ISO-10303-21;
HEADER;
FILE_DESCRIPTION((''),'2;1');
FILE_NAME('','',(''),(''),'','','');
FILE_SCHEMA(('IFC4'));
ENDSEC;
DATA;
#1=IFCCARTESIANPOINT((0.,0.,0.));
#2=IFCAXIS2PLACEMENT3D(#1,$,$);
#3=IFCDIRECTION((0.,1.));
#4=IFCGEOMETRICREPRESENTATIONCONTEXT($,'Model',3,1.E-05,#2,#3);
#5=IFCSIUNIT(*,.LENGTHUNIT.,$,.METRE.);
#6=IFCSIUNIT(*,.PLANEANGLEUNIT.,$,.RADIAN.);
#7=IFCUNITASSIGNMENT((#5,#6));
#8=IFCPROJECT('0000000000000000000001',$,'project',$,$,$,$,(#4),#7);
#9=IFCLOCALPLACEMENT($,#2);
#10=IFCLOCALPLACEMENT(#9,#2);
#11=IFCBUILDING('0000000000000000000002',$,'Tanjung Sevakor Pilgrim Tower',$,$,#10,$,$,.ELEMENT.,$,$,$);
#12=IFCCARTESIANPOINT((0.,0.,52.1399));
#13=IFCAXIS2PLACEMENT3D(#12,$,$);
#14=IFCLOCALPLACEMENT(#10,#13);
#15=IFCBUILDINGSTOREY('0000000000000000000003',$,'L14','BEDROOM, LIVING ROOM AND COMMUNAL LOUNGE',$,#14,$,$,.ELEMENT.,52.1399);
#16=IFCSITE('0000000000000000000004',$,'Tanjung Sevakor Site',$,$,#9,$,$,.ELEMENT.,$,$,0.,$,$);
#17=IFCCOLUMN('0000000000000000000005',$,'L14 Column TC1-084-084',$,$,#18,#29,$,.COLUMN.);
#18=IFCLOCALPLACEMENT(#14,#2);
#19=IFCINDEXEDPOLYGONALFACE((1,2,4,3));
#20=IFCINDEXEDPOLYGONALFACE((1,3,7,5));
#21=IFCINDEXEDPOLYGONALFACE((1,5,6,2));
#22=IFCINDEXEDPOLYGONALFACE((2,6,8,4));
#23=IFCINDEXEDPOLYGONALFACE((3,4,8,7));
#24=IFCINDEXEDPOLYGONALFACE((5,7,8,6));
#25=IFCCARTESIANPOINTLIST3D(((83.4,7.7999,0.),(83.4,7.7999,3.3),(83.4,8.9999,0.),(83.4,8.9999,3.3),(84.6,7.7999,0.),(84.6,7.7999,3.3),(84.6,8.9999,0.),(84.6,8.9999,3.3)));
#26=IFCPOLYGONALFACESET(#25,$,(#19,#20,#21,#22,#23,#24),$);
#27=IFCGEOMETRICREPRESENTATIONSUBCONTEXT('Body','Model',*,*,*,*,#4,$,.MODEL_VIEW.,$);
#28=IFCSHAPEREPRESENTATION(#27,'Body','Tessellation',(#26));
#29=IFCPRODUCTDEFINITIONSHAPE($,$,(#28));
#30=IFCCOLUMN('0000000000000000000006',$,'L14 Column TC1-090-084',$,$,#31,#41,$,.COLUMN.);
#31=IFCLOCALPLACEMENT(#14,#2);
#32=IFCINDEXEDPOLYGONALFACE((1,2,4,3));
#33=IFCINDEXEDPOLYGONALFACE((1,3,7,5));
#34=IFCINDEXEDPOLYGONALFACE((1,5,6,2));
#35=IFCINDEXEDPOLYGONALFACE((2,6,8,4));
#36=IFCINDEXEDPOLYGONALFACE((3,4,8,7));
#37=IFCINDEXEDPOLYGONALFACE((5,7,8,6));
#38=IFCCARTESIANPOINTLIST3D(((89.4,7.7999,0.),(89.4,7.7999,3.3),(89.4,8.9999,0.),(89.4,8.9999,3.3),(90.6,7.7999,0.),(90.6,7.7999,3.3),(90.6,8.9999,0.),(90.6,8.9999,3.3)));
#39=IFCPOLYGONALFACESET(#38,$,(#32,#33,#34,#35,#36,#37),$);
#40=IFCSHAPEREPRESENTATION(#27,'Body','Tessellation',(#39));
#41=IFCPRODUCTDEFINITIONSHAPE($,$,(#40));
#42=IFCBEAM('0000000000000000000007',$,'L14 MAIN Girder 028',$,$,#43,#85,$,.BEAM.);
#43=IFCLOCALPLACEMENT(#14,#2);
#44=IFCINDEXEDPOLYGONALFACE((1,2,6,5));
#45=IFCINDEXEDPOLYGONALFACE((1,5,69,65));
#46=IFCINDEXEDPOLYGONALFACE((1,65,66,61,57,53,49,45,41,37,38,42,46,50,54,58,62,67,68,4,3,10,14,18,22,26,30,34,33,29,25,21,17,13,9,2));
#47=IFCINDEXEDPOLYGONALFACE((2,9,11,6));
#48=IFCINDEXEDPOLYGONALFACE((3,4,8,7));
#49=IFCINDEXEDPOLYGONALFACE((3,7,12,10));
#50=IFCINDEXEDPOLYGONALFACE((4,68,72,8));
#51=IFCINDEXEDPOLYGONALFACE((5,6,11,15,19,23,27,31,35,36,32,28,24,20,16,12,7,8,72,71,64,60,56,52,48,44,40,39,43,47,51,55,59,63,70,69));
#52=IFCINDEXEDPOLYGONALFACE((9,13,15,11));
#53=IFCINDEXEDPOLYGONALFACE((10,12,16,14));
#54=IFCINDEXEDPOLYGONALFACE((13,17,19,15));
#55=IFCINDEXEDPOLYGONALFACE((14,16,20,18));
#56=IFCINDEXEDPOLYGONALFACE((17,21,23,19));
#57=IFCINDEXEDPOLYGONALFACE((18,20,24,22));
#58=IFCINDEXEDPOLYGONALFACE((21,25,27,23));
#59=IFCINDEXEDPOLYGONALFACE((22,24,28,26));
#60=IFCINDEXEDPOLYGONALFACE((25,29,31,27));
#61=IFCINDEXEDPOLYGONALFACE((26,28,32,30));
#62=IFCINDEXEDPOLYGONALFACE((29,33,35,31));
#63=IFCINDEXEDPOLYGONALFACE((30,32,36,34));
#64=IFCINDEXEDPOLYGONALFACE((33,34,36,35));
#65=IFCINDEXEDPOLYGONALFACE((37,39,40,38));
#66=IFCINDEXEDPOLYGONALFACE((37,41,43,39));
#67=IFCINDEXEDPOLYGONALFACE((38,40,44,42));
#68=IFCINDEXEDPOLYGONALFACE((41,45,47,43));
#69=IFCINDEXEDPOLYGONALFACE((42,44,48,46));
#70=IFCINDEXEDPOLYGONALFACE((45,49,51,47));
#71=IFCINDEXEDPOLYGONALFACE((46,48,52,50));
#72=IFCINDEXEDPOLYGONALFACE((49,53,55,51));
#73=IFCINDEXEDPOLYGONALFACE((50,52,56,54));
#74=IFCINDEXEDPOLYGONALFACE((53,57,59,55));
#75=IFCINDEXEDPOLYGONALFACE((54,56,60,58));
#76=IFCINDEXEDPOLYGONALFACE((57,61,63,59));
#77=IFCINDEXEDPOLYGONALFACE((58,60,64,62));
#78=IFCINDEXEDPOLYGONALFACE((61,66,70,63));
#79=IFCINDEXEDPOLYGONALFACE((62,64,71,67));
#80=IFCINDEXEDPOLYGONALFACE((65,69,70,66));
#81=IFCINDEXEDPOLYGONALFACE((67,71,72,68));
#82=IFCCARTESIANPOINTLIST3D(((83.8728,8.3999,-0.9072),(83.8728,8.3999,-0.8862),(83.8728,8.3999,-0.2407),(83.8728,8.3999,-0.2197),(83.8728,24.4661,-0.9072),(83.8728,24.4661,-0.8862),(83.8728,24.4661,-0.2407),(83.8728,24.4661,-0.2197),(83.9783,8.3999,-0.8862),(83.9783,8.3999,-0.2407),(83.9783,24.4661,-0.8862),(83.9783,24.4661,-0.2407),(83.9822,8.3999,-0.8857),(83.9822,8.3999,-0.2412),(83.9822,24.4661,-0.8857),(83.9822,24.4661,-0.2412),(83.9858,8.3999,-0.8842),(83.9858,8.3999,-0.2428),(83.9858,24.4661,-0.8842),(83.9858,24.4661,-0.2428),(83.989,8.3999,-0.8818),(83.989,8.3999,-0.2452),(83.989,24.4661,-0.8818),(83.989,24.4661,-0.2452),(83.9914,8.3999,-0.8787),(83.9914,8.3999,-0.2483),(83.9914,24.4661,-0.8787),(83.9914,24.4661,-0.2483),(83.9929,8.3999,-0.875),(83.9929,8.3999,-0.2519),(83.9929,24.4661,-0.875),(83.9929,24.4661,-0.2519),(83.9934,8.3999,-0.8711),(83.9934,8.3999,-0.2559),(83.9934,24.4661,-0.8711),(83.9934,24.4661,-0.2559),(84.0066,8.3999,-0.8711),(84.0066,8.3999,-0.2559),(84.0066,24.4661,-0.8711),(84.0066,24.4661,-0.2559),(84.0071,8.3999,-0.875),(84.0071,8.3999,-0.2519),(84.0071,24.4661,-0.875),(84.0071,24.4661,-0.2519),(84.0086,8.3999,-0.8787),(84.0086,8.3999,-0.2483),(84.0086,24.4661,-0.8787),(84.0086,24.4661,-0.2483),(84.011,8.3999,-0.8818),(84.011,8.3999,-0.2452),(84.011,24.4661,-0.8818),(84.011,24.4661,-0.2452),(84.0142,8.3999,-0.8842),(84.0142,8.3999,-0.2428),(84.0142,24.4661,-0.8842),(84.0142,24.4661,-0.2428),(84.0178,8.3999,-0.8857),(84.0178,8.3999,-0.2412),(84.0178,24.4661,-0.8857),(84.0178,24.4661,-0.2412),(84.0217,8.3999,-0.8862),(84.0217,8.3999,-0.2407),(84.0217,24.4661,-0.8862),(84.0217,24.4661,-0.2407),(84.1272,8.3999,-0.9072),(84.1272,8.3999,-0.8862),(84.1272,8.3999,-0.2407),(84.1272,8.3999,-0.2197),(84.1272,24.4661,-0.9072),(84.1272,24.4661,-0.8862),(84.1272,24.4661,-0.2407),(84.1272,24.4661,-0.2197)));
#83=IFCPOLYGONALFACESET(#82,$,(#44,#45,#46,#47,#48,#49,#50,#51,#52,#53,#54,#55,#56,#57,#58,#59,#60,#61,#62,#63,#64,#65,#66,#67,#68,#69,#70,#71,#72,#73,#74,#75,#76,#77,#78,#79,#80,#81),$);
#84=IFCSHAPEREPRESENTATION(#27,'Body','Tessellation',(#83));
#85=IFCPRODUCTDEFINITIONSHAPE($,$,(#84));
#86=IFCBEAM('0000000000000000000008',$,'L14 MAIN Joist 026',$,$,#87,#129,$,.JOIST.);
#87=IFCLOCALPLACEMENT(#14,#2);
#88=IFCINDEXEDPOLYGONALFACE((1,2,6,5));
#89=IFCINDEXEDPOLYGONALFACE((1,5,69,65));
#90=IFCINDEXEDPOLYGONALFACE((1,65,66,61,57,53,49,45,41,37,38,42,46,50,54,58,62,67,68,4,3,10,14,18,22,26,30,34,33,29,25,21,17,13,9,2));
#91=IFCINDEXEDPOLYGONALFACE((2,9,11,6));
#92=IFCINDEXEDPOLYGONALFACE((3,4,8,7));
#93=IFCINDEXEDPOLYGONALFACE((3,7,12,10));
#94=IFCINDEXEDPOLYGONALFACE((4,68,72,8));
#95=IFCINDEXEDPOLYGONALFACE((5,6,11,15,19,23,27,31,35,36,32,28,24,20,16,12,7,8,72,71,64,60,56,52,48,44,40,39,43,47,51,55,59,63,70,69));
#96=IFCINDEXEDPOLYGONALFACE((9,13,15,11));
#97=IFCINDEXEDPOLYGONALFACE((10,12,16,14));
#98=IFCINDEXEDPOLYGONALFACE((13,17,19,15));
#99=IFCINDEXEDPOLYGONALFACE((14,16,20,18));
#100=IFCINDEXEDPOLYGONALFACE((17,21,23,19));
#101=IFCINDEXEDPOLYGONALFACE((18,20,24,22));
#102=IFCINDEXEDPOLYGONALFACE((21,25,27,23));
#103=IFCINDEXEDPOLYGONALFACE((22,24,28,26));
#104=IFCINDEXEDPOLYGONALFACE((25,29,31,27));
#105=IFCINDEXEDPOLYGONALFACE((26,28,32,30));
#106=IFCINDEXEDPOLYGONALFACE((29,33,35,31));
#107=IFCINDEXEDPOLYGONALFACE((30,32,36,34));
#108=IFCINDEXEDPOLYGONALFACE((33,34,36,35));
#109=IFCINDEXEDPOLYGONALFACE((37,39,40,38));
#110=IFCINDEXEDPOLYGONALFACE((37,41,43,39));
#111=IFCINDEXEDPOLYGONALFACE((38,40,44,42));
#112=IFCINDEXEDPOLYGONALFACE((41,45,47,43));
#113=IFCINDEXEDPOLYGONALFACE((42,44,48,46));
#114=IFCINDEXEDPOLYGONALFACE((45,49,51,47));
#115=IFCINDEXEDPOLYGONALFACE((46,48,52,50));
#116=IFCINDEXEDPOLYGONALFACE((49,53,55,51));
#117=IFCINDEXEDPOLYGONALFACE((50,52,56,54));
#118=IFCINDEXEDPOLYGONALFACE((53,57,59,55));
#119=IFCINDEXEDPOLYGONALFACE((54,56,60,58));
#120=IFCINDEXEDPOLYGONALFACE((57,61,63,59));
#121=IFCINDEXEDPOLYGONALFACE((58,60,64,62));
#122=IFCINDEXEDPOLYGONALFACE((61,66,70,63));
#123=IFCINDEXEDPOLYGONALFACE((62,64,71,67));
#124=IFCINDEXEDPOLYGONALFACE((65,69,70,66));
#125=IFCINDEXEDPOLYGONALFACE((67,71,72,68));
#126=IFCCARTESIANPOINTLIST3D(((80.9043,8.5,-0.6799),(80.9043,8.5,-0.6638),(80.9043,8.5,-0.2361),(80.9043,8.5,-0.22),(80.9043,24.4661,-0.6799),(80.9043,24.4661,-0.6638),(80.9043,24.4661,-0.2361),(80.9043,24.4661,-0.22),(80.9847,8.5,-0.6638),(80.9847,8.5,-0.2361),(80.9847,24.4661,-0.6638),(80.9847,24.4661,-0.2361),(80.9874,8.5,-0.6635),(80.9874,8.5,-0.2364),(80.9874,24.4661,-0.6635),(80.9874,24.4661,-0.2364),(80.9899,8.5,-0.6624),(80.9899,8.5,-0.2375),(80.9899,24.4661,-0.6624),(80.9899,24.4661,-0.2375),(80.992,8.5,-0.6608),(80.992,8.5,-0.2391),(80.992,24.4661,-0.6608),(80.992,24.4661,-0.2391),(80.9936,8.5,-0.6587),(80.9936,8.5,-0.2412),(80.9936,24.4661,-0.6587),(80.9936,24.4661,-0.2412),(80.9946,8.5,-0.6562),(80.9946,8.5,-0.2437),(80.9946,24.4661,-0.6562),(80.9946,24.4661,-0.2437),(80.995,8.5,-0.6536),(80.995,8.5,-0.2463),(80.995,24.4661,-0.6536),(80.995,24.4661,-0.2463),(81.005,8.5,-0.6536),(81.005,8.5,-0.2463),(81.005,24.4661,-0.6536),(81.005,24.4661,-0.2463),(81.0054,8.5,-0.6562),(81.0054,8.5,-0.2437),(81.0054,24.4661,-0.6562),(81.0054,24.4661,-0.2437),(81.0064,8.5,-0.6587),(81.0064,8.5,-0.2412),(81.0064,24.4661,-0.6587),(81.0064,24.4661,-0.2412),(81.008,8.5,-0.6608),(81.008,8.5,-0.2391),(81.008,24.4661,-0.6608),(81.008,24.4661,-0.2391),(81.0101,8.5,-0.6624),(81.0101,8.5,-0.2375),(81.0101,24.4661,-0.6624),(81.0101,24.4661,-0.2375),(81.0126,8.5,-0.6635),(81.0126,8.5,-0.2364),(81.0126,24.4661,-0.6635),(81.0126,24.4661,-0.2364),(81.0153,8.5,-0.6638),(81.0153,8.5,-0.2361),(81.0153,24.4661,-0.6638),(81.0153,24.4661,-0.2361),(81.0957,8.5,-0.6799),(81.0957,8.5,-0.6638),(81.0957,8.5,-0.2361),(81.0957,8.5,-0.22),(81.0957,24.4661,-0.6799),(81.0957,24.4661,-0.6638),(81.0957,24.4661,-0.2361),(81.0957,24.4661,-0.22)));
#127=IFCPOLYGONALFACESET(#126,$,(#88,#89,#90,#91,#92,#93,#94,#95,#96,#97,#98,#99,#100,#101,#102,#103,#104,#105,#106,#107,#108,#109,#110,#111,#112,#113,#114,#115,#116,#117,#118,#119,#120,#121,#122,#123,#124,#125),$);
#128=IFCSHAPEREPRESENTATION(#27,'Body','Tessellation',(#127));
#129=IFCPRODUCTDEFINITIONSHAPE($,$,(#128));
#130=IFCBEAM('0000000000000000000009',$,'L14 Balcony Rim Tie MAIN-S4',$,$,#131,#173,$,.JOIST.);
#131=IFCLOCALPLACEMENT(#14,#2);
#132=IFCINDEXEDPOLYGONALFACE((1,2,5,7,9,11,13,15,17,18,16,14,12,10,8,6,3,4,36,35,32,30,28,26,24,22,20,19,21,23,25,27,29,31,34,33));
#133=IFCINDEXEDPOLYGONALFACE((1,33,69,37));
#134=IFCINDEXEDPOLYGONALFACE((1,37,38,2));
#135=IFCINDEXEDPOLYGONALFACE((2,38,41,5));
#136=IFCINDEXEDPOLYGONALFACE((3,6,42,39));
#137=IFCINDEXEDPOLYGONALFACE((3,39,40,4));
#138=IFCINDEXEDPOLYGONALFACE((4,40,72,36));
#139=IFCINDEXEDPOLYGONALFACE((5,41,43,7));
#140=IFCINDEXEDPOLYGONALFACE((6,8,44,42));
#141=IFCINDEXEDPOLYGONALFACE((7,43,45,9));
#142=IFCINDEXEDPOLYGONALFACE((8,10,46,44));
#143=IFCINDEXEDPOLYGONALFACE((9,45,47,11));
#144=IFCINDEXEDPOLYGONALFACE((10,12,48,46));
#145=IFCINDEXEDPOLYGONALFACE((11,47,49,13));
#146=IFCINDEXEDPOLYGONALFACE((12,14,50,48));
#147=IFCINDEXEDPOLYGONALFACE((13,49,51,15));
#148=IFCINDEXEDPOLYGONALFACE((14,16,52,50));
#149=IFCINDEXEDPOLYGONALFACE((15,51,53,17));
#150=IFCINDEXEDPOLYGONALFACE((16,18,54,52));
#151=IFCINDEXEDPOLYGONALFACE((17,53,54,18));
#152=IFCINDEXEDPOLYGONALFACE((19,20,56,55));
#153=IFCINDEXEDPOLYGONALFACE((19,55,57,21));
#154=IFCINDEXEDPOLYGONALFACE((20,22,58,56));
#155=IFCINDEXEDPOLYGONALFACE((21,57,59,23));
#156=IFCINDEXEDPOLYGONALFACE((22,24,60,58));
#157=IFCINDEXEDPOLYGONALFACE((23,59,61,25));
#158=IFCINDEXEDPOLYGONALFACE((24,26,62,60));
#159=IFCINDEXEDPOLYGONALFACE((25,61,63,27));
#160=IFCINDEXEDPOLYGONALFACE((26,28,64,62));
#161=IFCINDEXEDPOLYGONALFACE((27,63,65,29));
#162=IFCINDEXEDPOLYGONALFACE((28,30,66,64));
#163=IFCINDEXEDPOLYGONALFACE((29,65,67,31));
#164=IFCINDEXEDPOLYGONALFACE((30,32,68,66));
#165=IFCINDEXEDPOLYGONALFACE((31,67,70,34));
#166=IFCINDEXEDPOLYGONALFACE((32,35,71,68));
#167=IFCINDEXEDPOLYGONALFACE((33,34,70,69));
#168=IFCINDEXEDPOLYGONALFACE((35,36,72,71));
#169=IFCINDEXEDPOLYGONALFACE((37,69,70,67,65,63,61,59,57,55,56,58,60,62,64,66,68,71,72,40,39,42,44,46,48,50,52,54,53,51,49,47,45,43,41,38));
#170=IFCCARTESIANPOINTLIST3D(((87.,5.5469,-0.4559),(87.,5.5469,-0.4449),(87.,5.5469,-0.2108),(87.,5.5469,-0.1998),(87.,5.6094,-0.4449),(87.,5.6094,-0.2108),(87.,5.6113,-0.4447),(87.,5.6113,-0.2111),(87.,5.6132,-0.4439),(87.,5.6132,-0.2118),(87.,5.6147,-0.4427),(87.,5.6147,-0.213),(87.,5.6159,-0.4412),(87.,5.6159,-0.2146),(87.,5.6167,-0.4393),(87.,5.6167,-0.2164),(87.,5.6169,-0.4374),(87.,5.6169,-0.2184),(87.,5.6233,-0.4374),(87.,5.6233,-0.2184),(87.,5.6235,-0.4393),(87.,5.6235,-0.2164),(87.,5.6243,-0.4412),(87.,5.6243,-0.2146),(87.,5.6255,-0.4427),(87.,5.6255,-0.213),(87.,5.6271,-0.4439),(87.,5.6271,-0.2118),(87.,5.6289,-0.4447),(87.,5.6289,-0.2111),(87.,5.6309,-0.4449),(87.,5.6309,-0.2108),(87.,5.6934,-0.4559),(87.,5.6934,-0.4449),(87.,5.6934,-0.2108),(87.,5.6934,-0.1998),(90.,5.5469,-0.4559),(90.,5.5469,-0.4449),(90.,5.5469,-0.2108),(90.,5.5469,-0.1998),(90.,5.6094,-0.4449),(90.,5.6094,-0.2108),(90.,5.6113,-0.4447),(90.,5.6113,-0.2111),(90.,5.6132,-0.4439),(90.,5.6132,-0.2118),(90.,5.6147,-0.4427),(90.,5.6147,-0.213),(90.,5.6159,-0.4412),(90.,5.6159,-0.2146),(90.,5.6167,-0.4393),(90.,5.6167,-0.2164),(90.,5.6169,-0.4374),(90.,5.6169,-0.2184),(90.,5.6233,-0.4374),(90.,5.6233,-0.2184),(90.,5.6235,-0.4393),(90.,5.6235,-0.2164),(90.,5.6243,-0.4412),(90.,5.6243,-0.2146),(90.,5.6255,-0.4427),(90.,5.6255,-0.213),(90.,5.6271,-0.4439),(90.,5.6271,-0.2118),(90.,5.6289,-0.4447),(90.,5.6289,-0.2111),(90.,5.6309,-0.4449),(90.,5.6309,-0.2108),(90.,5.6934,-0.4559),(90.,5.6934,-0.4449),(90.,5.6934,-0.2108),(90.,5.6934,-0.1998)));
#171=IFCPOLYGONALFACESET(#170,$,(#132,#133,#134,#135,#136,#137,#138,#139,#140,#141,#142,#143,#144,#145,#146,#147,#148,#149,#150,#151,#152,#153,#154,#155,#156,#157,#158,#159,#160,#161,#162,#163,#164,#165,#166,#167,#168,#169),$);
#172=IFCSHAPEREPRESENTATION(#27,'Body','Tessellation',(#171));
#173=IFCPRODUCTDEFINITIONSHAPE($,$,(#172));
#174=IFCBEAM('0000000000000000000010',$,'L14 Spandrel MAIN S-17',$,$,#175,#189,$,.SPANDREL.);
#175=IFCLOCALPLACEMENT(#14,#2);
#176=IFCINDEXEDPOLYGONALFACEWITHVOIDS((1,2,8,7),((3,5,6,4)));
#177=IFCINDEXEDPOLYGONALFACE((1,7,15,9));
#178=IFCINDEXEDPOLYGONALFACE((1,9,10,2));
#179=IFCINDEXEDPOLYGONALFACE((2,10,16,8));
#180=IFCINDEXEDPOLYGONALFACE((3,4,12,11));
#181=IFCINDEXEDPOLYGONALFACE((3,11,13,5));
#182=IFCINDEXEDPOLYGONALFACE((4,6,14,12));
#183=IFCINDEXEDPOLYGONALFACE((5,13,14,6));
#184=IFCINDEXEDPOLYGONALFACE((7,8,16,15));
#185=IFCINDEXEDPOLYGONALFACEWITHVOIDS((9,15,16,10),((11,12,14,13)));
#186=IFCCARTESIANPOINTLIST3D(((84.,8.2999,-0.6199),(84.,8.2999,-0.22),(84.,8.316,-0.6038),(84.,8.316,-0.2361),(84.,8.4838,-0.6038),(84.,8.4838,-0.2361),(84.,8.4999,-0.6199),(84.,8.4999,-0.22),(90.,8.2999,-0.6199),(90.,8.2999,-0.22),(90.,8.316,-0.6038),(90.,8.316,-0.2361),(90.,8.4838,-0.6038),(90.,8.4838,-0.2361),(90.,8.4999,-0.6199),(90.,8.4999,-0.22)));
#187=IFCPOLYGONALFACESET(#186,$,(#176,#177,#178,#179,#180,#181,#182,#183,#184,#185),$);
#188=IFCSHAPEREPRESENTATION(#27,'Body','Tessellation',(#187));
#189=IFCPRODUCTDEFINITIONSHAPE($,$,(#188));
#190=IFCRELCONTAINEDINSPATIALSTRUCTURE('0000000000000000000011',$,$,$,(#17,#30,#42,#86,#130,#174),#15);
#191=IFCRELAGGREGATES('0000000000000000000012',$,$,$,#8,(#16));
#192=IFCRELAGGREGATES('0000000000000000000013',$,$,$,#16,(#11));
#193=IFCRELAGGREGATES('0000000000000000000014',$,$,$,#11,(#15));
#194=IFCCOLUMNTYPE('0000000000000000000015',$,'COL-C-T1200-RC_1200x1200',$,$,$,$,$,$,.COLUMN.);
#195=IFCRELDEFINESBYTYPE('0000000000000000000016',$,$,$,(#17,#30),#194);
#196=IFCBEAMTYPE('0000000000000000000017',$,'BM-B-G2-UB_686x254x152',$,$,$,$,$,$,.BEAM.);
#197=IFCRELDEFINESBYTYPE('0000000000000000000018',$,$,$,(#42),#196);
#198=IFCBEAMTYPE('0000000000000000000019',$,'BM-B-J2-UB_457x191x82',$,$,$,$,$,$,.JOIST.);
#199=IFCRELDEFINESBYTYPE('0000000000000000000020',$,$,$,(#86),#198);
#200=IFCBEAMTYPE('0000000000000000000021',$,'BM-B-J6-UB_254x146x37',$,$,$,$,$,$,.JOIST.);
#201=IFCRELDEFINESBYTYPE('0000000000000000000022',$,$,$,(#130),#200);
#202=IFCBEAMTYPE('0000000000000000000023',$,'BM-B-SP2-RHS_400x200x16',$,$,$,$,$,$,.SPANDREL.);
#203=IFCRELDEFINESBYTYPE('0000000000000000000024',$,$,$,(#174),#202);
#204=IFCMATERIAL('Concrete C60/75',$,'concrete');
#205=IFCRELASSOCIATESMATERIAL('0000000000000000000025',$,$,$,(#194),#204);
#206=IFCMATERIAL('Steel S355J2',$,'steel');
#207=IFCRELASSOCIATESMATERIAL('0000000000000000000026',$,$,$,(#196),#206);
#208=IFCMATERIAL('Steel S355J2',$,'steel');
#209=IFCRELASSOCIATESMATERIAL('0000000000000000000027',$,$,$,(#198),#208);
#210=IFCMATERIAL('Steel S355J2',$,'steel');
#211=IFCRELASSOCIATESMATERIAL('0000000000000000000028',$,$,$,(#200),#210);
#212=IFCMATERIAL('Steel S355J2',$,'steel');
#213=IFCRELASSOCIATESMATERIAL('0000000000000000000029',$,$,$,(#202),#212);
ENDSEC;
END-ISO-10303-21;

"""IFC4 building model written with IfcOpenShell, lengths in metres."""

from ifc_helpers import new_model, si_unit, direction, frame, origin, origin_2d, place, context, subcontext, project, spatial, rectangle, hollow_rectangle, i_section, extrude, material, material_profile, profile_set, type_object, element, save


model = new_model("IFC4")

# Units and contexts
model_context = context("Model", 3, precision=1e-05, world=origin(), true_north=direction((0.0, 1.0)))
body_context = subcontext(model_context, "Body", "Model", "MODEL_VIEW")
ifc_project = project(units=[si_unit("LENGTHUNIT", "METRE"), si_unit("PLANEANGLEUNIT", "RADIAN")], contexts=[model_context])

# Site, building, storey
site_placement = place(None, origin())
site = spatial("IfcSite", under=ifc_project, at=site_placement, Name="Tanjung Sevakor Site", CompositionType="ELEMENT", RefElevation=0.0)
building_placement = place(site_placement, origin())
building = spatial("IfcBuilding", under=site, at=building_placement, Name="Tanjung Sevakor Pilgrim Tower", CompositionType="ELEMENT")
storey_placement = place(building_placement, frame((0.0, 0.0, 52.1399)))
storey = spatial("IfcBuildingStorey", under=building, at=storey_placement, Name="L14", Description="BEDROOM, LIVING ROOM AND COMMUNAL LOUNGE", CompositionType="ELEMENT", Elevation=52.1399)

# Columns
ifc_material_1 = material(Name="Concrete C60/75", Category="concrete")
ifc_material_profile_1 = material_profile(ifc_material_1, rectangle(XDim=1.2, YDim=1.2, at=origin_2d()))
ifc_profile_set_1 = profile_set([ifc_material_profile_1], Name="Concrete C60/75")
column_type = type_object("IfcColumnType", Name="COL-C-T1200-RC_1200x1200", PredefinedType="COLUMN", material=ifc_profile_set_1)
for number, where, z_axis, x_axis, name in (
    (1, (84.0, 8.3999, 0.0), (0.0, 0.0, 1.0), (1.0, 0.0, 0.0), "L14 Column TC1-084-084"),
    (2, (90.0, 8.3999, 0.0), (0.0, 0.0, 1.0), (1.0, 0.0, 0.0), "L14 Column TC1-090-084"),
):
    element("IfcColumn", number, at=place(storey_placement, frame(where, z_axis=z_axis, x_axis=x_axis)), inside=storey, type_object=column_type, Name=name, PredefinedType="COLUMN", context=body_context, shape_type="SweptSolid", body=[
        extrude(rectangle(XDim=1.2, YDim=1.2, at=origin_2d()), origin(), (0.0, 0.0, 1.0), 3.3),
    ])

# Beams
ifc_material_2 = material(Name="Steel S355J2", Category="steel")
ifc_material_profile_2 = material_profile(ifc_material_2, i_section(OverallWidth=0.2544, OverallDepth=0.6875, WebThickness=0.0132, FlangeThickness=0.021, FilletRadius=0.0151, at=origin_2d()))
ifc_profile_set_2 = profile_set([ifc_material_profile_2], Name="Steel S355J2")
beam_type_1 = type_object("IfcBeamType", Name="BM-B-G2-UB_686x254x152", PredefinedType="BEAM", material=ifc_profile_set_2)
beam_1_placement = place(storey_placement, frame((84.0, 8.3999, -0.5635), z_axis=(0.0, 1.0, 0.0), x_axis=(-1.0, 0.0, 0.0)))
element("IfcBeam", 3, at=beam_1_placement, inside=storey, type_object=beam_type_1, Name="L14 MAIN Girder 028", PredefinedType="BEAM", context=body_context, shape_type="SweptSolid", body=[
    extrude(i_section(OverallWidth=0.2544, OverallDepth=0.6875, WebThickness=0.0132, FlangeThickness=0.021, FilletRadius=0.0151, at=origin_2d()), origin(), (0.0, 0.0, 1.0), 16.0662),
])
ifc_material_3 = material(Name="Steel S355J2", Category="steel")
ifc_material_profile_3 = material_profile(ifc_material_3, i_section(OverallWidth=0.1914, OverallDepth=0.46, WebThickness=0.01, FlangeThickness=0.0161, FilletRadius=0.0103, at=origin_2d()))
ifc_profile_set_3 = profile_set([ifc_material_profile_3], Name="Steel S355J2")
beam_type_2 = type_object("IfcBeamType", Name="BM-B-J2-UB_457x191x82", PredefinedType="JOIST", material=ifc_profile_set_3)
beam_2_placement = place(storey_placement, frame((81.0, 8.5, -0.45), z_axis=(0.0, 1.0, 0.0), x_axis=(-1.0, 0.0, 0.0)))
element("IfcBeam", 4, at=beam_2_placement, inside=storey, type_object=beam_type_2, Name="L14 MAIN Joist 026", PredefinedType="JOIST", context=body_context, shape_type="SweptSolid", body=[
    extrude(i_section(OverallWidth=0.1914, OverallDepth=0.46, WebThickness=0.01, FlangeThickness=0.0161, FilletRadius=0.0103, at=origin_2d()), origin(), (0.0, 0.0, 1.0), 15.9661),
])
ifc_material_4 = material(Name="Steel S355J2", Category="steel")
ifc_material_profile_4 = material_profile(ifc_material_4, i_section(OverallWidth=0.1465, OverallDepth=0.2561, WebThickness=0.0063, FlangeThickness=0.011, FilletRadius=0.0076, at=origin_2d()))
ifc_profile_set_4 = profile_set([ifc_material_profile_4], Name="Steel S355J2")
beam_type_3 = type_object("IfcBeamType", Name="BM-B-J6-UB_254x146x37", PredefinedType="JOIST", material=ifc_profile_set_4)
beam_3_placement = place(storey_placement, frame((87.0, 5.6201, -0.3279), z_axis=(1.0, 0.0, 0.0), x_axis=(0.0, 1.0, 0.0)))
element("IfcBeam", 5, at=beam_3_placement, inside=storey, type_object=beam_type_3, Name="L14 Balcony Rim Tie MAIN-S4", PredefinedType="JOIST", context=body_context, shape_type="SweptSolid", body=[
    extrude(i_section(OverallWidth=0.1465, OverallDepth=0.2561, WebThickness=0.0063, FlangeThickness=0.011, FilletRadius=0.0076, at=origin_2d()), origin(), (0.0, 0.0, 1.0), 3.0),
])
ifc_material_5 = material(Name="Steel S355J2", Category="steel")
ifc_material_profile_5 = material_profile(ifc_material_5, hollow_rectangle(XDim=0.2, YDim=0.3999, WallThickness=0.0161, at=origin_2d()))
ifc_profile_set_5 = profile_set([ifc_material_profile_5], Name="Steel S355J2")
beam_type_4 = type_object("IfcBeamType", Name="BM-B-SP2-RHS_400x200x16", PredefinedType="SPANDREL", material=ifc_profile_set_5)
beam_4_placement = place(storey_placement, frame((84.0, 8.3999, -0.4199), z_axis=(1.0, 0.0, 0.0), x_axis=(0.0, 1.0, 0.0)))
element("IfcBeam", 6, at=beam_4_placement, inside=storey, type_object=beam_type_4, Name="L14 Spandrel MAIN S-17", PredefinedType="SPANDREL", context=body_context, shape_type="SweptSolid", body=[
    extrude(hollow_rectangle(XDim=0.2, YDim=0.3999, WallThickness=0.0161, at=origin_2d()), origin(), (0.0, 0.0, 1.0), 6.0),
])

save(model, "model.ifc")
